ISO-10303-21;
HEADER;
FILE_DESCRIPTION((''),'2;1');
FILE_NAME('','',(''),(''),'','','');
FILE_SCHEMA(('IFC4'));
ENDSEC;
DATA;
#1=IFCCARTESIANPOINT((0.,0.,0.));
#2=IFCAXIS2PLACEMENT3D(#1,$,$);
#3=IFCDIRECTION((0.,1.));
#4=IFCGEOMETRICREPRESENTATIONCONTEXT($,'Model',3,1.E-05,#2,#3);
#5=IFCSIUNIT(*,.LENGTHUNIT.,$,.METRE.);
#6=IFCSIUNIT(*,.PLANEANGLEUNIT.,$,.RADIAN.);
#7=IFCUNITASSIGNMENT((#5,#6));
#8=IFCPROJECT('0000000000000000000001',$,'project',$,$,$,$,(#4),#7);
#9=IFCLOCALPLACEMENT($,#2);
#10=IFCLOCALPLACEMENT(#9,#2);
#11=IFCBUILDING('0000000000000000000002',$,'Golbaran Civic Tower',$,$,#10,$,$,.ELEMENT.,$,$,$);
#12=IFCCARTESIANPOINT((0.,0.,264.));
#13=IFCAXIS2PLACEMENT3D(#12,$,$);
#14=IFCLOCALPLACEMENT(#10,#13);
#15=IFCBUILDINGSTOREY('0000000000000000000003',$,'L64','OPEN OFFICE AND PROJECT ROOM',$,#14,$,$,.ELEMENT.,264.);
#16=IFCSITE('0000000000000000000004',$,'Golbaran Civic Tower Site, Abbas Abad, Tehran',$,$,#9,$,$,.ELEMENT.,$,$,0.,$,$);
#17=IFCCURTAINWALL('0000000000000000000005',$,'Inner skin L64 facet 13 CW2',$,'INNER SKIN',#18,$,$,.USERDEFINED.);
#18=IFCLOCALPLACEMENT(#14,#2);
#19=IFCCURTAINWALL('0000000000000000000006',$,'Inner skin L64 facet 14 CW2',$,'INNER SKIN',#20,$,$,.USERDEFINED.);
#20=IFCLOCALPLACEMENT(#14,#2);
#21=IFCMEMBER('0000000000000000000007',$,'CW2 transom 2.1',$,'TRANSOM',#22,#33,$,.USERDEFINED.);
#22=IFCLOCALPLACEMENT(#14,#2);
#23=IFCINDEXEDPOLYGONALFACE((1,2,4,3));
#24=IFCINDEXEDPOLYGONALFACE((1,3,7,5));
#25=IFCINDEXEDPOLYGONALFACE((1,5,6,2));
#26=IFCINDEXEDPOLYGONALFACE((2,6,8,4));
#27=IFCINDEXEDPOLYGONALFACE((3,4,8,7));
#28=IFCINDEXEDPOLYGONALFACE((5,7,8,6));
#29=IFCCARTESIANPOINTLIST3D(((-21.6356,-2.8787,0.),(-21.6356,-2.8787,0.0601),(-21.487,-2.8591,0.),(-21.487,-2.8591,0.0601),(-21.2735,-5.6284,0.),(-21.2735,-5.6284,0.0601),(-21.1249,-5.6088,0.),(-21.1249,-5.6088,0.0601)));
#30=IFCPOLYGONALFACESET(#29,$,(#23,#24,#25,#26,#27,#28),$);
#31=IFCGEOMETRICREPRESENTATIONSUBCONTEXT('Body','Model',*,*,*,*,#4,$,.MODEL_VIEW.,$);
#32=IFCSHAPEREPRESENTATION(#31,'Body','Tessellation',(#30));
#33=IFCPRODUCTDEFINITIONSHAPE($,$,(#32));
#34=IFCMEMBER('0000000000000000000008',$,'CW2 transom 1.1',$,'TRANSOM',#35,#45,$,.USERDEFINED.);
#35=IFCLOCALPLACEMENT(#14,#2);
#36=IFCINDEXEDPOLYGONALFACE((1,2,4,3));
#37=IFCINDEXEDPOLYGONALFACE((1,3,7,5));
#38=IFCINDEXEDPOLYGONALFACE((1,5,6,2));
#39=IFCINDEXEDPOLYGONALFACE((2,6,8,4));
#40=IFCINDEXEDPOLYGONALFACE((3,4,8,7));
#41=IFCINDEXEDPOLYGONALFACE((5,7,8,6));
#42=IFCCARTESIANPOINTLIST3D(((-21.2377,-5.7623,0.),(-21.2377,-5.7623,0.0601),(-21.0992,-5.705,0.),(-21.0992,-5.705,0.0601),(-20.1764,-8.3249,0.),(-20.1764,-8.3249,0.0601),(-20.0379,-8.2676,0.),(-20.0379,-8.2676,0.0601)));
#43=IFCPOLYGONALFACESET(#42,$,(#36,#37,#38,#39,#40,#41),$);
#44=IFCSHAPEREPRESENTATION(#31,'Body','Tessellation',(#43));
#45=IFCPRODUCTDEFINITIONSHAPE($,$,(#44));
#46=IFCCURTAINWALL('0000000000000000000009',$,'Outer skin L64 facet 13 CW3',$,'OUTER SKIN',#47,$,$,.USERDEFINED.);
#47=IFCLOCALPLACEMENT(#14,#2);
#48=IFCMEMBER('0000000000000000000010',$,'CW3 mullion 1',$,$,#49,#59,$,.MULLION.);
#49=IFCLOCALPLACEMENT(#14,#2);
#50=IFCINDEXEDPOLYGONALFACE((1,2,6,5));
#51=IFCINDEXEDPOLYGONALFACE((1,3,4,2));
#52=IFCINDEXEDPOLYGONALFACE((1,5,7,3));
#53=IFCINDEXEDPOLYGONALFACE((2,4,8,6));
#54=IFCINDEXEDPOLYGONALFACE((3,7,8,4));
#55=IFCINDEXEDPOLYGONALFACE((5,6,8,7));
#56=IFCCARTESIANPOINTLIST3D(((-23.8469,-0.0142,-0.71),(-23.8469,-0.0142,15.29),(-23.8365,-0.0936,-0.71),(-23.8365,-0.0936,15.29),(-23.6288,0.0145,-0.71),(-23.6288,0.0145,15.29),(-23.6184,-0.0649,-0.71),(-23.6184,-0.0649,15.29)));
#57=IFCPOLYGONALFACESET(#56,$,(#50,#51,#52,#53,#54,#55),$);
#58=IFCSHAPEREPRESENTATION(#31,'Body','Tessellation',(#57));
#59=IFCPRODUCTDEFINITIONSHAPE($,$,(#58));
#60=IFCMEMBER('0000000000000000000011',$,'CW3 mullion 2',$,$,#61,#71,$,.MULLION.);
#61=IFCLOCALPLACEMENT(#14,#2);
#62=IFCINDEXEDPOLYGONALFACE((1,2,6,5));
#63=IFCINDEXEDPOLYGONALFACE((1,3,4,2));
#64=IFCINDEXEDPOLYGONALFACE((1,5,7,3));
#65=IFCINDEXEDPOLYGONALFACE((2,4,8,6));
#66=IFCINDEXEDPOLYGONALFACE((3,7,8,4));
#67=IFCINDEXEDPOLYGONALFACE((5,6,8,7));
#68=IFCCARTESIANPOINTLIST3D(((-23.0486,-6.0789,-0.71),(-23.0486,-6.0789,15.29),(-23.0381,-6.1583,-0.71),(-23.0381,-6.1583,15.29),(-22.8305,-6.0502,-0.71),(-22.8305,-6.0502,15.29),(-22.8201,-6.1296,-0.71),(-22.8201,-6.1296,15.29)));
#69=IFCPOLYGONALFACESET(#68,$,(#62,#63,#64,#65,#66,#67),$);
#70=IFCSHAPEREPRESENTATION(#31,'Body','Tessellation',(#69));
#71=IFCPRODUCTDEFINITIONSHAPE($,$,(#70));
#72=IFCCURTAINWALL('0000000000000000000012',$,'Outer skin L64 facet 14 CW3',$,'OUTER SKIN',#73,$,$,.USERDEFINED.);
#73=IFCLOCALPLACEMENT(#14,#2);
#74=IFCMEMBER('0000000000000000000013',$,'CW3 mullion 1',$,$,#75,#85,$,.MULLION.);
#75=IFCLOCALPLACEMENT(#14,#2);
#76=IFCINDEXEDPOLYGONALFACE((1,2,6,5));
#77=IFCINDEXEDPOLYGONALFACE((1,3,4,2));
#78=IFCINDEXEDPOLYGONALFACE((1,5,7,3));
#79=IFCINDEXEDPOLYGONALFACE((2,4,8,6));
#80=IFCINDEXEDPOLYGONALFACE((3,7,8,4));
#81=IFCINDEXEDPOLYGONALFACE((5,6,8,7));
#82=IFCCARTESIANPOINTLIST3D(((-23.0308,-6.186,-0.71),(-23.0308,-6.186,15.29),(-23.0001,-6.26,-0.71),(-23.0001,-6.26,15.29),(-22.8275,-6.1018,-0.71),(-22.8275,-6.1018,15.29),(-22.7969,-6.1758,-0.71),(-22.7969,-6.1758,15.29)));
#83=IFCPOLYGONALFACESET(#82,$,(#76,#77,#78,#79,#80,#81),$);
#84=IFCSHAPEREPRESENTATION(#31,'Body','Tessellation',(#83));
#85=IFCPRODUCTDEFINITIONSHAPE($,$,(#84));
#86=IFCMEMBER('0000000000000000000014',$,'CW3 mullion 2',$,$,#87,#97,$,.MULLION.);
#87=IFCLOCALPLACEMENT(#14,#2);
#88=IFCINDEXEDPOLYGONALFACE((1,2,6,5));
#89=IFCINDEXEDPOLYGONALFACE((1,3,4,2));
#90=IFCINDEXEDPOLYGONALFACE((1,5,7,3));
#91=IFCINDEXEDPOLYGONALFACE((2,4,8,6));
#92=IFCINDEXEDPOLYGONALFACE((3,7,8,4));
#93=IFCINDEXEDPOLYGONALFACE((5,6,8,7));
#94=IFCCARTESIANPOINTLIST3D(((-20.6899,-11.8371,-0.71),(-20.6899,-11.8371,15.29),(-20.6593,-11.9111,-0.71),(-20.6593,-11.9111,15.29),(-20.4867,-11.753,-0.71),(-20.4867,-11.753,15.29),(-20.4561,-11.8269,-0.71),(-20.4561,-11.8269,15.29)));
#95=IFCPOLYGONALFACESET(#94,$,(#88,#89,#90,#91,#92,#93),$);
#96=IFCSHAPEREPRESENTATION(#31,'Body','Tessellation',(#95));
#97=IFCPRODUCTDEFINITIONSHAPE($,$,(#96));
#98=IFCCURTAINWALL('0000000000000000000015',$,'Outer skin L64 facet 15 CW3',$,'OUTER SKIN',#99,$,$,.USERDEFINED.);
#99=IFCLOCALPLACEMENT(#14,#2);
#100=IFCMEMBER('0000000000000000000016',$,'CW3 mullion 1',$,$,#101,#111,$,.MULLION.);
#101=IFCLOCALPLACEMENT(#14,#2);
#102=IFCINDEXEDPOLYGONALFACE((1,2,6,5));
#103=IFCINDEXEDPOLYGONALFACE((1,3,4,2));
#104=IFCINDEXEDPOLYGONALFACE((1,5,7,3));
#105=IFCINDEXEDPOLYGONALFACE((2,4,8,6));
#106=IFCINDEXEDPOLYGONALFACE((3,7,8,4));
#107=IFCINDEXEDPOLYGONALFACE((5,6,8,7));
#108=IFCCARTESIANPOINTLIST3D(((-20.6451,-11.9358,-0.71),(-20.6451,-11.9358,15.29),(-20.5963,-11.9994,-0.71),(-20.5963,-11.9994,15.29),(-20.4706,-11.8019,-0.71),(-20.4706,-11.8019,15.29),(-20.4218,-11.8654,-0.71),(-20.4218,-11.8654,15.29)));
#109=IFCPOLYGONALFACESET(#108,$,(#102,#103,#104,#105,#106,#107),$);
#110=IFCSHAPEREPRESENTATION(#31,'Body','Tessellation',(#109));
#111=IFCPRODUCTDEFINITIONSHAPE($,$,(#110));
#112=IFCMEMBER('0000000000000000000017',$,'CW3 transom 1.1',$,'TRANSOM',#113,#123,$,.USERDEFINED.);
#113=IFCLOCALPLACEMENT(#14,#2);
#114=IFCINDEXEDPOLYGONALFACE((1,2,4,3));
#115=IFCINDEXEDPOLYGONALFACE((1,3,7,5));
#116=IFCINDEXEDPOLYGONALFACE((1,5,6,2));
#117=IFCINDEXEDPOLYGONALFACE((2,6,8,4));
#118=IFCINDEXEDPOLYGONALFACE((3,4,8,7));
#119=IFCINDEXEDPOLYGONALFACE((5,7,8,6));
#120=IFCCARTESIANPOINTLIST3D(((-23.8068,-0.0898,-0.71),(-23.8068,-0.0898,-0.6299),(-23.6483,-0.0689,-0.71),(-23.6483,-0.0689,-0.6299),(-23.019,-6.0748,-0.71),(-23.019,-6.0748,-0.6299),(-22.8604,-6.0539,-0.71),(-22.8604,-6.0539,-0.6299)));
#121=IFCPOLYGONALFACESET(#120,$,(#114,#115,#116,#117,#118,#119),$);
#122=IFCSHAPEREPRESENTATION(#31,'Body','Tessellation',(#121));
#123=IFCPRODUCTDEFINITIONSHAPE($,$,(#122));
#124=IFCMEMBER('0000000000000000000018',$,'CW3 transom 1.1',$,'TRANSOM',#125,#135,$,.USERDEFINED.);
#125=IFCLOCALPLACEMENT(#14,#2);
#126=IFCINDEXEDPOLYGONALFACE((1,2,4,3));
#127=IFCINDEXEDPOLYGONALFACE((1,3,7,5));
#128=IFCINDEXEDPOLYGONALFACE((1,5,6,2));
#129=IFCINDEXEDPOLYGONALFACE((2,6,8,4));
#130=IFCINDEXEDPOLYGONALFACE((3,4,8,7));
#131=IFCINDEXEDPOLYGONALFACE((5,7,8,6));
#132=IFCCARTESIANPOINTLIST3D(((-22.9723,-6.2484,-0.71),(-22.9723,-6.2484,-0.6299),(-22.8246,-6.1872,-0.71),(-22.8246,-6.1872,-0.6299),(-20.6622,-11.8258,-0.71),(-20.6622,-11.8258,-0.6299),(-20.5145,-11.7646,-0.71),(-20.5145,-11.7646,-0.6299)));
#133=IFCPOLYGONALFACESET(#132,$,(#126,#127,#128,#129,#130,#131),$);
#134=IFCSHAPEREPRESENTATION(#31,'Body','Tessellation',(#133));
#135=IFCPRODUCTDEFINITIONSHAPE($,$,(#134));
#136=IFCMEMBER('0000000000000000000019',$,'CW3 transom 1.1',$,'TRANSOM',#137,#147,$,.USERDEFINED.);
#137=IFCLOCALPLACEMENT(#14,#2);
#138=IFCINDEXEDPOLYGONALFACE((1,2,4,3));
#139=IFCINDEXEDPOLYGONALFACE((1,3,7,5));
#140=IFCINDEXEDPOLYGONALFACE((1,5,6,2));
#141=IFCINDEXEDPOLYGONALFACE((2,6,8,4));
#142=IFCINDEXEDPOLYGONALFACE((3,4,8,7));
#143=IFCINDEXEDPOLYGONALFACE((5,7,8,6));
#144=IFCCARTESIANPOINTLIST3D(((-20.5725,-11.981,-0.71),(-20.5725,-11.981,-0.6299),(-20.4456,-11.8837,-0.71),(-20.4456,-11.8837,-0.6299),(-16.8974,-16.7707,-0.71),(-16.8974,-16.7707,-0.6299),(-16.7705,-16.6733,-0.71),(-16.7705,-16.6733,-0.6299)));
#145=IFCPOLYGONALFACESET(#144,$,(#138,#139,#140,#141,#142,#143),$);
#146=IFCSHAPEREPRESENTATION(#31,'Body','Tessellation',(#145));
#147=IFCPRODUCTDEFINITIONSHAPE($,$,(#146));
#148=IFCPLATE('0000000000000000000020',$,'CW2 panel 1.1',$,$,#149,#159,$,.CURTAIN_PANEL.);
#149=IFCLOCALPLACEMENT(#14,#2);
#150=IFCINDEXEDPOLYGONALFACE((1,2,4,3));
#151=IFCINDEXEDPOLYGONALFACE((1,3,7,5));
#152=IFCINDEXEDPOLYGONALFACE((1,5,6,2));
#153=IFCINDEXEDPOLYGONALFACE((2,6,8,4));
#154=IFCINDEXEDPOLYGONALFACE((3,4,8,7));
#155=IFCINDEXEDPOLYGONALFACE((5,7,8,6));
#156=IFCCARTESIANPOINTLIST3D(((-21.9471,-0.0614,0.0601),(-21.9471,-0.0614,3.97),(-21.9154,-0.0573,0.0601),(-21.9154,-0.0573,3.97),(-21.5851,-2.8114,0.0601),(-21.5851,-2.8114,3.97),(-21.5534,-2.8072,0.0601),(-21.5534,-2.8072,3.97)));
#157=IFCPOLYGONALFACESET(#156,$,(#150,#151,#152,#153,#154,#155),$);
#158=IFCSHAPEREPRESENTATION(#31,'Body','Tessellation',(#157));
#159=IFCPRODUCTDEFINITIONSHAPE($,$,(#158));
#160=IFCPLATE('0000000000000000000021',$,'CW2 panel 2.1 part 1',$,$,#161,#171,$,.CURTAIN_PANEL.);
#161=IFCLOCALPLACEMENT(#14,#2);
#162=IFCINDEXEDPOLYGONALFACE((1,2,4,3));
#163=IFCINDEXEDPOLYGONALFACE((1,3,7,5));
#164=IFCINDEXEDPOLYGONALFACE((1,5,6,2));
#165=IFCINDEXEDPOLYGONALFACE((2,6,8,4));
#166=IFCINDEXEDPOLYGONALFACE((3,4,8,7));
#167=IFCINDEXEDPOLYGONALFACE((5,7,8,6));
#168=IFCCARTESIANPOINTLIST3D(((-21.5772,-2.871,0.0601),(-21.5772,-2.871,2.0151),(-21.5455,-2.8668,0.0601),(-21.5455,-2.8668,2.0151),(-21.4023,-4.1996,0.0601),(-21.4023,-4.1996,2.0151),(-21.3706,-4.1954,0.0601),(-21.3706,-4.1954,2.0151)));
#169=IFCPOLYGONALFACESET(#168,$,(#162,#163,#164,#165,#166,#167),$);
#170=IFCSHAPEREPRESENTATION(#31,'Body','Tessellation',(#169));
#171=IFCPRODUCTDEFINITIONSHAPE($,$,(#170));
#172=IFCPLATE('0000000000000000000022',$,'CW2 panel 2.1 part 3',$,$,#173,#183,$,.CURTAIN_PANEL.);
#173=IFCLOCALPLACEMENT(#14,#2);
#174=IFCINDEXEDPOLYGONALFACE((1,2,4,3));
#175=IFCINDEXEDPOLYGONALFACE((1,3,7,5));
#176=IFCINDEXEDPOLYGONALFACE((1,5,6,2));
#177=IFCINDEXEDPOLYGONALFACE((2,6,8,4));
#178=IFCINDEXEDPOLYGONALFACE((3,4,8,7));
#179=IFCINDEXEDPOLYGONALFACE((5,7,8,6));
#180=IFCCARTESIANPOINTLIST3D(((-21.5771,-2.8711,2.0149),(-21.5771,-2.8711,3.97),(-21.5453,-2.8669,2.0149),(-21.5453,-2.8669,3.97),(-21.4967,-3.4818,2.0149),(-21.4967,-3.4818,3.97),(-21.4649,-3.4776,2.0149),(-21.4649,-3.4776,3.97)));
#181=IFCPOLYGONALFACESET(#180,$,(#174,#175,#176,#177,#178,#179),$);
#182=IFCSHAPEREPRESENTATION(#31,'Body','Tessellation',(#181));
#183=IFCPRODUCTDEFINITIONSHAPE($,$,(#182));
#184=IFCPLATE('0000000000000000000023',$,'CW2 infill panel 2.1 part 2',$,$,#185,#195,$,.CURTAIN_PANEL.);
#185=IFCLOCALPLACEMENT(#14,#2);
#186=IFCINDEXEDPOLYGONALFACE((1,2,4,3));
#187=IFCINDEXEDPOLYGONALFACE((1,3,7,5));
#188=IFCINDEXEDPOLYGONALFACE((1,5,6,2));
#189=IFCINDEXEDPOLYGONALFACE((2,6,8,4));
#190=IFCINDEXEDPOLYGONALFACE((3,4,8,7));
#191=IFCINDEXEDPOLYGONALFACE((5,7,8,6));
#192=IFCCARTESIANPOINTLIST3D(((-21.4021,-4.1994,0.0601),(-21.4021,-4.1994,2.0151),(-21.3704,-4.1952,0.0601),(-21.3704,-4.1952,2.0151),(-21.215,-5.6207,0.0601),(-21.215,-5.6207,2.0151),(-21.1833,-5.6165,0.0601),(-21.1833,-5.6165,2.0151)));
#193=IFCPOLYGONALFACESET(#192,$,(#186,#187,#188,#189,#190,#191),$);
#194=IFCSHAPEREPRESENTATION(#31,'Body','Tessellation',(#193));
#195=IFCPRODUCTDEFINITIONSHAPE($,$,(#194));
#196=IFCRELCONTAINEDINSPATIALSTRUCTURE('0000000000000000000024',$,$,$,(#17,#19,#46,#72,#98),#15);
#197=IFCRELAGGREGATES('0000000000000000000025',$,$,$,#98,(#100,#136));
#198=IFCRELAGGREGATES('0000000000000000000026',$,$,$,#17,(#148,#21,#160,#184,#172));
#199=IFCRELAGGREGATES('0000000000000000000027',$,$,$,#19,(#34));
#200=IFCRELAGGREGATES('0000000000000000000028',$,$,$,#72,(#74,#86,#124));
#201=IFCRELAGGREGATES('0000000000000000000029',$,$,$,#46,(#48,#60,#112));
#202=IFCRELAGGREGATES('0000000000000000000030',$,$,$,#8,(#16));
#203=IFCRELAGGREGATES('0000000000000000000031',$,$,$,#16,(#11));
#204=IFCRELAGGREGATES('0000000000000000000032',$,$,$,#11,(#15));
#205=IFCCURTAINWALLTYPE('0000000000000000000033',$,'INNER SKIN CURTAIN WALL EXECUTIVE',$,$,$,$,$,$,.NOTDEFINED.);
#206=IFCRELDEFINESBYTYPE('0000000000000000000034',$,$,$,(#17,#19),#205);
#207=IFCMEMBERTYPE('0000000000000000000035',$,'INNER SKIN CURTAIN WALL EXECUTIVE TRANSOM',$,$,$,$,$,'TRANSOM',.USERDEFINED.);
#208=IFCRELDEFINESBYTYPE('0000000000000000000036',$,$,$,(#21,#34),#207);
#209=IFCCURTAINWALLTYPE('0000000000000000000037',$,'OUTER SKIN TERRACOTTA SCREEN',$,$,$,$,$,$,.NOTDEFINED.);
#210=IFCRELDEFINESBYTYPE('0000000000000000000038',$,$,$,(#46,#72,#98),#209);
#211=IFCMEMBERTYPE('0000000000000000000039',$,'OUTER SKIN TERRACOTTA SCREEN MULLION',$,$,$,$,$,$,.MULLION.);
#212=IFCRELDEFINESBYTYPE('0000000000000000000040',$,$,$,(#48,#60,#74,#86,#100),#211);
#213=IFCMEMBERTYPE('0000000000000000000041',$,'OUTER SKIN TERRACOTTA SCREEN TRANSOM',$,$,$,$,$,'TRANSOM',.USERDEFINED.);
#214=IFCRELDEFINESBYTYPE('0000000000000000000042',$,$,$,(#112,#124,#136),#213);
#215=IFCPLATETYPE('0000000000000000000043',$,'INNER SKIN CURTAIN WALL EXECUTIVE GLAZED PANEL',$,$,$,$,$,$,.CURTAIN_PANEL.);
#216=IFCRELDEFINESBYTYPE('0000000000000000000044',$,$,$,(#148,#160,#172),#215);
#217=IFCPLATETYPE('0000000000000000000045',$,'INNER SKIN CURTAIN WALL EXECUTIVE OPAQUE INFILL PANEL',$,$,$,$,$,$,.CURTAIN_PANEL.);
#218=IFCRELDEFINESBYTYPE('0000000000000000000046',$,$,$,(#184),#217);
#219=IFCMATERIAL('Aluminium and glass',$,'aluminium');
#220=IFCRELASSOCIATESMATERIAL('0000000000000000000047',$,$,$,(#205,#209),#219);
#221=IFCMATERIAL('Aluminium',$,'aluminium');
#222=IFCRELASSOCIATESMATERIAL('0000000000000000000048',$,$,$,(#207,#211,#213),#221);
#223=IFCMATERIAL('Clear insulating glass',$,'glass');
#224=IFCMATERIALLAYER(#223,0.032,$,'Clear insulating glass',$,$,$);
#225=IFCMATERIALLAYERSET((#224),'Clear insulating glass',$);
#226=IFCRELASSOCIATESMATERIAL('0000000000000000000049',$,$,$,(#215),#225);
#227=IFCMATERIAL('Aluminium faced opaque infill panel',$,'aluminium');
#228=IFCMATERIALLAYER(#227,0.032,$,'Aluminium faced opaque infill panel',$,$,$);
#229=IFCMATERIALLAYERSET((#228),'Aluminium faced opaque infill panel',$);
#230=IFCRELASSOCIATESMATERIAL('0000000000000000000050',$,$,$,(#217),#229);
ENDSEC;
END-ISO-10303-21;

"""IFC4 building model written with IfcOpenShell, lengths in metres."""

from ifc_helpers import new_model, si_unit, direction, frame, origin, origin_2d, place, context, subcontext, project, spatial, rectangle, extrude, material, layer, layer_set, material_profile, profile_set, type_object, element, aggregate, save


model = new_model("IFC4")

# Units and contexts
model_context = context("Model", 3, precision=1e-05, world=origin(), true_north=direction((0.0, 1.0)))
body_context = subcontext(model_context, "Body", "Model", "MODEL_VIEW")
ifc_project = project(units=[si_unit("LENGTHUNIT", "METRE"), si_unit("PLANEANGLEUNIT", "RADIAN")], contexts=[model_context])

# Site, building, storey
site_placement = place(None, origin())
site = spatial("IfcSite", under=ifc_project, at=site_placement, Name="Golbaran Civic Tower Site, Abbas Abad, Tehran", CompositionType="ELEMENT", RefElevation=0.0)
building_placement = place(site_placement, origin())
building = spatial("IfcBuilding", under=site, at=building_placement, Name="Golbaran Civic Tower", CompositionType="ELEMENT")
storey_placement = place(building_placement, frame((0.0, 0.0, 264.0)))
storey = spatial("IfcBuildingStorey", under=building, at=storey_placement, Name="L64", Description="OPEN OFFICE AND PROJECT ROOM", CompositionType="ELEMENT", Elevation=264.0)

# Shared definitions
ifc_material_1 = material(Name="Aluminium and glass", Category="aluminium")
curtain_wall_type_1 = type_object("IfcCurtainWallType", Name="INNER SKIN CURTAIN WALL EXECUTIVE", PredefinedType="NOTDEFINED", material=ifc_material_1)
ifc_material_2 = material(Name="Aluminium", Category="aluminium")

# Curtain wall
curtain_wall_1_placement = place(storey_placement, origin())
curtain_wall_1 = element("IfcCurtainWall", 1, at=curtain_wall_1_placement, inside=storey, type_object=curtain_wall_type_1, Name="Inner skin L64 facet 13 CW2", ObjectType="INNER SKIN", PredefinedType="USERDEFINED")

# Curtain wall
curtain_wall_2_placement = place(storey_placement, origin())
curtain_wall_2 = element("IfcCurtainWall", 2, at=curtain_wall_2_placement, inside=storey, type_object=curtain_wall_type_1, Name="Inner skin L64 facet 14 CW2", ObjectType="INNER SKIN", PredefinedType="USERDEFINED")

# Members
ifc_material_profile_1 = material_profile(ifc_material_2, rectangle(XDim=0.1499, YDim=0.0601, at=origin_2d()), Name="INNER SKIN CURTAIN WALL EXECUTIVE TRANSOM")
ifc_profile_set_1 = profile_set([ifc_material_profile_1], Name="Aluminium")
member_type_1 = type_object("IfcMemberType", Name="INNER SKIN CURTAIN WALL EXECUTIVE TRANSOM", ElementType="TRANSOM", PredefinedType="USERDEFINED", material=ifc_profile_set_1)
member_1_placement = place(storey_placement, frame((-21.5613, -2.8689, 0.03), z_axis=(0.130543, -0.991443, 0.0), x_axis=(0.991443, 0.130543, 0.0)))
member_1 = element("IfcMember", 3, at=member_1_placement, type_object=member_type_1, Name="CW2 transom 2.1", ObjectType="TRANSOM", PredefinedType="USERDEFINED", context=body_context, shape_type="SweptSolid", body=[
    extrude(rectangle(XDim=0.1499, YDim=0.0601, at=origin_2d()), origin(), (0.0, 0.0, 1.0), 2.7734),
])
member_2_placement = place(storey_placement, frame((-21.1685, -5.7336, 0.03), z_axis=(0.382639, -0.923898, 0.0), x_axis=(0.923898, 0.382639, 0.0)))
member_2 = element("IfcMember", 4, at=member_2_placement, type_object=member_type_1, Name="CW2 transom 1.1", ObjectType="TRANSOM", PredefinedType="USERDEFINED", context=body_context, shape_type="SweptSolid", body=[
    extrude(rectangle(XDim=0.1499, YDim=0.0601, at=origin_2d()), origin(), (0.0, 0.0, 1.0), 2.7737),
])

# Curtain walls, members
curtain_wall_type_2 = type_object("IfcCurtainWallType", Name="OUTER SKIN TERRACOTTA SCREEN", PredefinedType="NOTDEFINED", material=ifc_material_1)
curtain_wall_3_placement = place(storey_placement, origin())
curtain_wall_3 = element("IfcCurtainWall", 5, at=curtain_wall_3_placement, inside=storey, type_object=curtain_wall_type_2, Name="Outer skin L64 facet 13 CW3", ObjectType="OUTER SKIN", PredefinedType="USERDEFINED")
ifc_material_profile_2 = material_profile(ifc_material_2, rectangle(XDim=0.22, YDim=0.0801, at=origin_2d()), Name="OUTER SKIN TERRACOTTA SCREEN MULLION")
ifc_profile_set_2 = profile_set([ifc_material_profile_2], Name="Aluminium")
member_type_2 = type_object("IfcMemberType", Name="OUTER SKIN TERRACOTTA SCREEN MULLION", PredefinedType="MULLION", material=ifc_profile_set_2)
member_3_placement = place(storey_placement, frame((-23.7327, -0.0396, -0.71), z_axis=(0.0, 0.0, 1.0), x_axis=(0.991445, 0.130526, 0.0)))
member_3 = element("IfcMember", 6, at=member_3_placement, type_object=member_type_2, Name="CW3 mullion 1", PredefinedType="MULLION", context=body_context, shape_type="SweptSolid", body=[
    extrude(rectangle(XDim=0.22, YDim=0.0801, at=origin_2d()), origin(), (0.0, 0.0, 1.0), 16.0),
])
member_4_placement = place(storey_placement, frame((-22.9343, -6.1042, -0.71), z_axis=(0.0, 0.0, 1.0), x_axis=(0.991445, 0.130526, 0.0)))
member_4 = element("IfcMember", 7, at=member_4_placement, type_object=member_type_2, Name="CW3 mullion 2", PredefinedType="MULLION", context=body_context, shape_type="SweptSolid", body=[
    extrude(rectangle(XDim=0.22, YDim=0.0801, at=origin_2d()), origin(), (0.0, 0.0, 1.0), 16.0),
])
curtain_wall_4_placement = place(storey_placement, origin())
curtain_wall_4 = element("IfcCurtainWall", 8, at=curtain_wall_4_placement, inside=storey, type_object=curtain_wall_type_2, Name="Outer skin L64 facet 14 CW3", ObjectType="OUTER SKIN", PredefinedType="USERDEFINED")
member_5_placement = place(storey_placement, frame((-22.9138, -6.1809, -0.71), z_axis=(0.0, 0.0, 1.0), x_axis=(0.92388, 0.382683, 0.0)))
member_5 = element("IfcMember", 9, at=member_5_placement, type_object=member_type_2, Name="CW3 mullion 1", PredefinedType="MULLION", context=body_context, shape_type="SweptSolid", body=[
    extrude(rectangle(XDim=0.22, YDim=0.0801, at=origin_2d()), origin(), (0.0, 0.0, 1.0), 16.0),
])
member_6_placement = place(storey_placement, frame((-20.573, -11.832, -0.71), z_axis=(0.0, 0.0, 1.0), x_axis=(0.92388, 0.382683, 0.0)))
member_6 = element("IfcMember", 10, at=member_6_placement, type_object=member_type_2, Name="CW3 mullion 2", PredefinedType="MULLION", context=body_context, shape_type="SweptSolid", body=[
    extrude(rectangle(XDim=0.22, YDim=0.0801, at=origin_2d()), origin(), (0.0, 0.0, 1.0), 16.0),
])

# Curtain wall, member
curtain_wall_5_placement = place(storey_placement, origin())
curtain_wall_5 = element("IfcCurtainWall", 11, at=curtain_wall_5_placement, inside=storey, type_object=curtain_wall_type_2, Name="Outer skin L64 facet 15 CW3", ObjectType="OUTER SKIN", PredefinedType="USERDEFINED")
member_7_placement = place(storey_placement, frame((-20.5334, -11.9006, -0.71), z_axis=(0.0, 0.0, 1.0), x_axis=(0.793353, 0.608761, 0.0)))
member_7 = element("IfcMember", 12, at=member_7_placement, type_object=member_type_2, Name="CW3 mullion 1", PredefinedType="MULLION", context=body_context, shape_type="SweptSolid", body=[
    extrude(rectangle(XDim=0.22, YDim=0.0801, at=origin_2d()), origin(), (0.0, 0.0, 1.0), 16.0),
])

# Members
ifc_material_profile_3 = material_profile(ifc_material_2, rectangle(XDim=0.1599, YDim=0.0801, at=origin_2d()), Name="OUTER SKIN TERRACOTTA SCREEN TRANSOM")
ifc_profile_set_3 = profile_set([ifc_material_profile_3], Name="Aluminium")
member_type_3 = type_object("IfcMemberType", Name="OUTER SKIN TERRACOTTA SCREEN TRANSOM", ElementType="TRANSOM", PredefinedType="USERDEFINED", material=ifc_profile_set_3)
member_8_placement = place(storey_placement, frame((-23.7275, -0.0793, -0.6699), z_axis=(0.130508, -0.991447, 0.0), x_axis=(0.991447, 0.130508, 0.0)))
member_8 = element("IfcMember", 13, at=member_8_placement, type_object=member_type_3, Name="CW3 transom 1.1", ObjectType="TRANSOM", PredefinedType="USERDEFINED", context=body_context, shape_type="SweptSolid", body=[
    extrude(rectangle(XDim=0.1599, YDim=0.0801, at=origin_2d()), origin(), (0.0, 0.0, 1.0), 6.0366),
])
member_9_placement = place(storey_placement, frame((-22.8984, -6.2178, -0.6699), z_axis=(0.382659, -0.92389, 0.0), x_axis=(0.92389, 0.382659, 0.0)))
member_9 = element("IfcMember", 14, at=member_9_placement, type_object=member_type_3, Name="CW3 transom 1.1", ObjectType="TRANSOM", PredefinedType="USERDEFINED", context=body_context, shape_type="SweptSolid", body=[
    extrude(rectangle(XDim=0.1599, YDim=0.0801, at=origin_2d()), origin(), (0.0, 0.0, 1.0), 6.0369),
])
member_10_placement = place(storey_placement, frame((-20.509, -11.9324, -0.6699), z_axis=(0.608751, -0.793362, 0.0), x_axis=(0.793362, 0.608751, 0.0)))
member_10 = element("IfcMember", 15, at=member_10_placement, type_object=member_type_3, Name="CW3 transom 1.1", ObjectType="TRANSOM", PredefinedType="USERDEFINED", context=body_context, shape_type="SweptSolid", body=[
    extrude(rectangle(XDim=0.1599, YDim=0.0801, at=origin_2d()), origin(), (0.0, 0.0, 1.0), 6.0371),
])
aggregate(curtain_wall_5, [member_7, member_10])

# Plates
ifc_material_3 = material(Name="Clear insulating glass", Category="glass")
ifc_layer_1 = layer(ifc_material_3, 0.032, Name="Clear insulating glass")
ifc_layer_set_1 = layer_set([ifc_layer_1], Name="Clear insulating glass")
plate_type_1 = type_object("IfcPlateType", Name="INNER SKIN CURTAIN WALL EXECUTIVE GLAZED PANEL", PredefinedType="CURTAIN_PANEL", material=ifc_layer_set_1)
plate_1_placement = place(storey_placement, frame((-21.7502, -1.4343, 0.0601), z_axis=(0.0, 0.0, 1.0), x_axis=(0.130526, -0.991445, 0.0)))
plate_1 = element("IfcPlate", 16, at=plate_1_placement, type_object=plate_type_1, Name="CW2 panel 1.1", PredefinedType="CURTAIN_PANEL", context=body_context, shape_type="SweptSolid", body=[
    extrude(rectangle(XDim=2.7737, YDim=0.032, at=origin_2d()), origin(), (0.0, 0.0, 1.0), 3.9099),
])
plate_2_placement = place(storey_placement, frame((-21.4739, -3.5332, 0.0601), z_axis=(0.0, 0.0, 1.0), x_axis=(0.130526, -0.991445, 0.0)))
plate_2 = element("IfcPlate", 17, at=plate_2_placement, type_object=plate_type_1, Name="CW2 panel 2.1 part 1", PredefinedType="CURTAIN_PANEL", context=body_context, shape_type="SweptSolid", body=[
    extrude(rectangle(XDim=1.3401, YDim=0.032, at=origin_2d()), origin(), (0.0, 0.0, 1.0), 1.9551),
])
plate_3_placement = place(storey_placement, frame((-21.521, -3.1743, 2.0149), z_axis=(0.0, 0.0, 1.0), x_axis=(0.130526, -0.991445, 0.0)))
plate_3 = element("IfcPlate", 18, at=plate_3_placement, type_object=plate_type_1, Name="CW2 panel 2.1 part 3", PredefinedType="CURTAIN_PANEL", context=body_context, shape_type="SweptSolid", body=[
    extrude(rectangle(XDim=0.616, YDim=0.032, at=origin_2d()), origin(), (0.0, 0.0, 1.0), 1.9551),
])
ifc_material_4 = material(Name="Aluminium faced opaque infill panel", Category="aluminium")
ifc_layer_2 = layer(ifc_material_4, 0.032, Name="Aluminium faced opaque infill panel")
ifc_layer_set_2 = layer_set([ifc_layer_2], Name="Aluminium faced opaque infill panel")
plate_type_2 = type_object("IfcPlateType", Name="INNER SKIN CURTAIN WALL EXECUTIVE OPAQUE INFILL PANEL", PredefinedType="CURTAIN_PANEL", material=ifc_layer_set_2)
plate_4_placement = place(storey_placement, frame((-21.2927, -4.908, 0.0601), z_axis=(0.0, 0.0, 1.0), x_axis=(0.130526, -0.991445, 0.0)))
plate_4 = element("IfcPlate", 19, at=plate_4_placement, type_object=plate_type_2, Name="CW2 infill panel 2.1 part 2", PredefinedType="CURTAIN_PANEL", context=body_context, shape_type="SweptSolid", body=[
    extrude(rectangle(XDim=1.4336, YDim=0.032, at=origin_2d()), origin(), (0.0, 0.0, 1.0), 1.9551),
])
aggregate(curtain_wall_1, [plate_1, member_1, plate_2, plate_4, plate_3])
aggregate(curtain_wall_2, [member_2])
aggregate(curtain_wall_4, [member_5, member_6, member_9])
aggregate(curtain_wall_3, [member_3, member_4, member_8])

save(model, "model.ifc")
